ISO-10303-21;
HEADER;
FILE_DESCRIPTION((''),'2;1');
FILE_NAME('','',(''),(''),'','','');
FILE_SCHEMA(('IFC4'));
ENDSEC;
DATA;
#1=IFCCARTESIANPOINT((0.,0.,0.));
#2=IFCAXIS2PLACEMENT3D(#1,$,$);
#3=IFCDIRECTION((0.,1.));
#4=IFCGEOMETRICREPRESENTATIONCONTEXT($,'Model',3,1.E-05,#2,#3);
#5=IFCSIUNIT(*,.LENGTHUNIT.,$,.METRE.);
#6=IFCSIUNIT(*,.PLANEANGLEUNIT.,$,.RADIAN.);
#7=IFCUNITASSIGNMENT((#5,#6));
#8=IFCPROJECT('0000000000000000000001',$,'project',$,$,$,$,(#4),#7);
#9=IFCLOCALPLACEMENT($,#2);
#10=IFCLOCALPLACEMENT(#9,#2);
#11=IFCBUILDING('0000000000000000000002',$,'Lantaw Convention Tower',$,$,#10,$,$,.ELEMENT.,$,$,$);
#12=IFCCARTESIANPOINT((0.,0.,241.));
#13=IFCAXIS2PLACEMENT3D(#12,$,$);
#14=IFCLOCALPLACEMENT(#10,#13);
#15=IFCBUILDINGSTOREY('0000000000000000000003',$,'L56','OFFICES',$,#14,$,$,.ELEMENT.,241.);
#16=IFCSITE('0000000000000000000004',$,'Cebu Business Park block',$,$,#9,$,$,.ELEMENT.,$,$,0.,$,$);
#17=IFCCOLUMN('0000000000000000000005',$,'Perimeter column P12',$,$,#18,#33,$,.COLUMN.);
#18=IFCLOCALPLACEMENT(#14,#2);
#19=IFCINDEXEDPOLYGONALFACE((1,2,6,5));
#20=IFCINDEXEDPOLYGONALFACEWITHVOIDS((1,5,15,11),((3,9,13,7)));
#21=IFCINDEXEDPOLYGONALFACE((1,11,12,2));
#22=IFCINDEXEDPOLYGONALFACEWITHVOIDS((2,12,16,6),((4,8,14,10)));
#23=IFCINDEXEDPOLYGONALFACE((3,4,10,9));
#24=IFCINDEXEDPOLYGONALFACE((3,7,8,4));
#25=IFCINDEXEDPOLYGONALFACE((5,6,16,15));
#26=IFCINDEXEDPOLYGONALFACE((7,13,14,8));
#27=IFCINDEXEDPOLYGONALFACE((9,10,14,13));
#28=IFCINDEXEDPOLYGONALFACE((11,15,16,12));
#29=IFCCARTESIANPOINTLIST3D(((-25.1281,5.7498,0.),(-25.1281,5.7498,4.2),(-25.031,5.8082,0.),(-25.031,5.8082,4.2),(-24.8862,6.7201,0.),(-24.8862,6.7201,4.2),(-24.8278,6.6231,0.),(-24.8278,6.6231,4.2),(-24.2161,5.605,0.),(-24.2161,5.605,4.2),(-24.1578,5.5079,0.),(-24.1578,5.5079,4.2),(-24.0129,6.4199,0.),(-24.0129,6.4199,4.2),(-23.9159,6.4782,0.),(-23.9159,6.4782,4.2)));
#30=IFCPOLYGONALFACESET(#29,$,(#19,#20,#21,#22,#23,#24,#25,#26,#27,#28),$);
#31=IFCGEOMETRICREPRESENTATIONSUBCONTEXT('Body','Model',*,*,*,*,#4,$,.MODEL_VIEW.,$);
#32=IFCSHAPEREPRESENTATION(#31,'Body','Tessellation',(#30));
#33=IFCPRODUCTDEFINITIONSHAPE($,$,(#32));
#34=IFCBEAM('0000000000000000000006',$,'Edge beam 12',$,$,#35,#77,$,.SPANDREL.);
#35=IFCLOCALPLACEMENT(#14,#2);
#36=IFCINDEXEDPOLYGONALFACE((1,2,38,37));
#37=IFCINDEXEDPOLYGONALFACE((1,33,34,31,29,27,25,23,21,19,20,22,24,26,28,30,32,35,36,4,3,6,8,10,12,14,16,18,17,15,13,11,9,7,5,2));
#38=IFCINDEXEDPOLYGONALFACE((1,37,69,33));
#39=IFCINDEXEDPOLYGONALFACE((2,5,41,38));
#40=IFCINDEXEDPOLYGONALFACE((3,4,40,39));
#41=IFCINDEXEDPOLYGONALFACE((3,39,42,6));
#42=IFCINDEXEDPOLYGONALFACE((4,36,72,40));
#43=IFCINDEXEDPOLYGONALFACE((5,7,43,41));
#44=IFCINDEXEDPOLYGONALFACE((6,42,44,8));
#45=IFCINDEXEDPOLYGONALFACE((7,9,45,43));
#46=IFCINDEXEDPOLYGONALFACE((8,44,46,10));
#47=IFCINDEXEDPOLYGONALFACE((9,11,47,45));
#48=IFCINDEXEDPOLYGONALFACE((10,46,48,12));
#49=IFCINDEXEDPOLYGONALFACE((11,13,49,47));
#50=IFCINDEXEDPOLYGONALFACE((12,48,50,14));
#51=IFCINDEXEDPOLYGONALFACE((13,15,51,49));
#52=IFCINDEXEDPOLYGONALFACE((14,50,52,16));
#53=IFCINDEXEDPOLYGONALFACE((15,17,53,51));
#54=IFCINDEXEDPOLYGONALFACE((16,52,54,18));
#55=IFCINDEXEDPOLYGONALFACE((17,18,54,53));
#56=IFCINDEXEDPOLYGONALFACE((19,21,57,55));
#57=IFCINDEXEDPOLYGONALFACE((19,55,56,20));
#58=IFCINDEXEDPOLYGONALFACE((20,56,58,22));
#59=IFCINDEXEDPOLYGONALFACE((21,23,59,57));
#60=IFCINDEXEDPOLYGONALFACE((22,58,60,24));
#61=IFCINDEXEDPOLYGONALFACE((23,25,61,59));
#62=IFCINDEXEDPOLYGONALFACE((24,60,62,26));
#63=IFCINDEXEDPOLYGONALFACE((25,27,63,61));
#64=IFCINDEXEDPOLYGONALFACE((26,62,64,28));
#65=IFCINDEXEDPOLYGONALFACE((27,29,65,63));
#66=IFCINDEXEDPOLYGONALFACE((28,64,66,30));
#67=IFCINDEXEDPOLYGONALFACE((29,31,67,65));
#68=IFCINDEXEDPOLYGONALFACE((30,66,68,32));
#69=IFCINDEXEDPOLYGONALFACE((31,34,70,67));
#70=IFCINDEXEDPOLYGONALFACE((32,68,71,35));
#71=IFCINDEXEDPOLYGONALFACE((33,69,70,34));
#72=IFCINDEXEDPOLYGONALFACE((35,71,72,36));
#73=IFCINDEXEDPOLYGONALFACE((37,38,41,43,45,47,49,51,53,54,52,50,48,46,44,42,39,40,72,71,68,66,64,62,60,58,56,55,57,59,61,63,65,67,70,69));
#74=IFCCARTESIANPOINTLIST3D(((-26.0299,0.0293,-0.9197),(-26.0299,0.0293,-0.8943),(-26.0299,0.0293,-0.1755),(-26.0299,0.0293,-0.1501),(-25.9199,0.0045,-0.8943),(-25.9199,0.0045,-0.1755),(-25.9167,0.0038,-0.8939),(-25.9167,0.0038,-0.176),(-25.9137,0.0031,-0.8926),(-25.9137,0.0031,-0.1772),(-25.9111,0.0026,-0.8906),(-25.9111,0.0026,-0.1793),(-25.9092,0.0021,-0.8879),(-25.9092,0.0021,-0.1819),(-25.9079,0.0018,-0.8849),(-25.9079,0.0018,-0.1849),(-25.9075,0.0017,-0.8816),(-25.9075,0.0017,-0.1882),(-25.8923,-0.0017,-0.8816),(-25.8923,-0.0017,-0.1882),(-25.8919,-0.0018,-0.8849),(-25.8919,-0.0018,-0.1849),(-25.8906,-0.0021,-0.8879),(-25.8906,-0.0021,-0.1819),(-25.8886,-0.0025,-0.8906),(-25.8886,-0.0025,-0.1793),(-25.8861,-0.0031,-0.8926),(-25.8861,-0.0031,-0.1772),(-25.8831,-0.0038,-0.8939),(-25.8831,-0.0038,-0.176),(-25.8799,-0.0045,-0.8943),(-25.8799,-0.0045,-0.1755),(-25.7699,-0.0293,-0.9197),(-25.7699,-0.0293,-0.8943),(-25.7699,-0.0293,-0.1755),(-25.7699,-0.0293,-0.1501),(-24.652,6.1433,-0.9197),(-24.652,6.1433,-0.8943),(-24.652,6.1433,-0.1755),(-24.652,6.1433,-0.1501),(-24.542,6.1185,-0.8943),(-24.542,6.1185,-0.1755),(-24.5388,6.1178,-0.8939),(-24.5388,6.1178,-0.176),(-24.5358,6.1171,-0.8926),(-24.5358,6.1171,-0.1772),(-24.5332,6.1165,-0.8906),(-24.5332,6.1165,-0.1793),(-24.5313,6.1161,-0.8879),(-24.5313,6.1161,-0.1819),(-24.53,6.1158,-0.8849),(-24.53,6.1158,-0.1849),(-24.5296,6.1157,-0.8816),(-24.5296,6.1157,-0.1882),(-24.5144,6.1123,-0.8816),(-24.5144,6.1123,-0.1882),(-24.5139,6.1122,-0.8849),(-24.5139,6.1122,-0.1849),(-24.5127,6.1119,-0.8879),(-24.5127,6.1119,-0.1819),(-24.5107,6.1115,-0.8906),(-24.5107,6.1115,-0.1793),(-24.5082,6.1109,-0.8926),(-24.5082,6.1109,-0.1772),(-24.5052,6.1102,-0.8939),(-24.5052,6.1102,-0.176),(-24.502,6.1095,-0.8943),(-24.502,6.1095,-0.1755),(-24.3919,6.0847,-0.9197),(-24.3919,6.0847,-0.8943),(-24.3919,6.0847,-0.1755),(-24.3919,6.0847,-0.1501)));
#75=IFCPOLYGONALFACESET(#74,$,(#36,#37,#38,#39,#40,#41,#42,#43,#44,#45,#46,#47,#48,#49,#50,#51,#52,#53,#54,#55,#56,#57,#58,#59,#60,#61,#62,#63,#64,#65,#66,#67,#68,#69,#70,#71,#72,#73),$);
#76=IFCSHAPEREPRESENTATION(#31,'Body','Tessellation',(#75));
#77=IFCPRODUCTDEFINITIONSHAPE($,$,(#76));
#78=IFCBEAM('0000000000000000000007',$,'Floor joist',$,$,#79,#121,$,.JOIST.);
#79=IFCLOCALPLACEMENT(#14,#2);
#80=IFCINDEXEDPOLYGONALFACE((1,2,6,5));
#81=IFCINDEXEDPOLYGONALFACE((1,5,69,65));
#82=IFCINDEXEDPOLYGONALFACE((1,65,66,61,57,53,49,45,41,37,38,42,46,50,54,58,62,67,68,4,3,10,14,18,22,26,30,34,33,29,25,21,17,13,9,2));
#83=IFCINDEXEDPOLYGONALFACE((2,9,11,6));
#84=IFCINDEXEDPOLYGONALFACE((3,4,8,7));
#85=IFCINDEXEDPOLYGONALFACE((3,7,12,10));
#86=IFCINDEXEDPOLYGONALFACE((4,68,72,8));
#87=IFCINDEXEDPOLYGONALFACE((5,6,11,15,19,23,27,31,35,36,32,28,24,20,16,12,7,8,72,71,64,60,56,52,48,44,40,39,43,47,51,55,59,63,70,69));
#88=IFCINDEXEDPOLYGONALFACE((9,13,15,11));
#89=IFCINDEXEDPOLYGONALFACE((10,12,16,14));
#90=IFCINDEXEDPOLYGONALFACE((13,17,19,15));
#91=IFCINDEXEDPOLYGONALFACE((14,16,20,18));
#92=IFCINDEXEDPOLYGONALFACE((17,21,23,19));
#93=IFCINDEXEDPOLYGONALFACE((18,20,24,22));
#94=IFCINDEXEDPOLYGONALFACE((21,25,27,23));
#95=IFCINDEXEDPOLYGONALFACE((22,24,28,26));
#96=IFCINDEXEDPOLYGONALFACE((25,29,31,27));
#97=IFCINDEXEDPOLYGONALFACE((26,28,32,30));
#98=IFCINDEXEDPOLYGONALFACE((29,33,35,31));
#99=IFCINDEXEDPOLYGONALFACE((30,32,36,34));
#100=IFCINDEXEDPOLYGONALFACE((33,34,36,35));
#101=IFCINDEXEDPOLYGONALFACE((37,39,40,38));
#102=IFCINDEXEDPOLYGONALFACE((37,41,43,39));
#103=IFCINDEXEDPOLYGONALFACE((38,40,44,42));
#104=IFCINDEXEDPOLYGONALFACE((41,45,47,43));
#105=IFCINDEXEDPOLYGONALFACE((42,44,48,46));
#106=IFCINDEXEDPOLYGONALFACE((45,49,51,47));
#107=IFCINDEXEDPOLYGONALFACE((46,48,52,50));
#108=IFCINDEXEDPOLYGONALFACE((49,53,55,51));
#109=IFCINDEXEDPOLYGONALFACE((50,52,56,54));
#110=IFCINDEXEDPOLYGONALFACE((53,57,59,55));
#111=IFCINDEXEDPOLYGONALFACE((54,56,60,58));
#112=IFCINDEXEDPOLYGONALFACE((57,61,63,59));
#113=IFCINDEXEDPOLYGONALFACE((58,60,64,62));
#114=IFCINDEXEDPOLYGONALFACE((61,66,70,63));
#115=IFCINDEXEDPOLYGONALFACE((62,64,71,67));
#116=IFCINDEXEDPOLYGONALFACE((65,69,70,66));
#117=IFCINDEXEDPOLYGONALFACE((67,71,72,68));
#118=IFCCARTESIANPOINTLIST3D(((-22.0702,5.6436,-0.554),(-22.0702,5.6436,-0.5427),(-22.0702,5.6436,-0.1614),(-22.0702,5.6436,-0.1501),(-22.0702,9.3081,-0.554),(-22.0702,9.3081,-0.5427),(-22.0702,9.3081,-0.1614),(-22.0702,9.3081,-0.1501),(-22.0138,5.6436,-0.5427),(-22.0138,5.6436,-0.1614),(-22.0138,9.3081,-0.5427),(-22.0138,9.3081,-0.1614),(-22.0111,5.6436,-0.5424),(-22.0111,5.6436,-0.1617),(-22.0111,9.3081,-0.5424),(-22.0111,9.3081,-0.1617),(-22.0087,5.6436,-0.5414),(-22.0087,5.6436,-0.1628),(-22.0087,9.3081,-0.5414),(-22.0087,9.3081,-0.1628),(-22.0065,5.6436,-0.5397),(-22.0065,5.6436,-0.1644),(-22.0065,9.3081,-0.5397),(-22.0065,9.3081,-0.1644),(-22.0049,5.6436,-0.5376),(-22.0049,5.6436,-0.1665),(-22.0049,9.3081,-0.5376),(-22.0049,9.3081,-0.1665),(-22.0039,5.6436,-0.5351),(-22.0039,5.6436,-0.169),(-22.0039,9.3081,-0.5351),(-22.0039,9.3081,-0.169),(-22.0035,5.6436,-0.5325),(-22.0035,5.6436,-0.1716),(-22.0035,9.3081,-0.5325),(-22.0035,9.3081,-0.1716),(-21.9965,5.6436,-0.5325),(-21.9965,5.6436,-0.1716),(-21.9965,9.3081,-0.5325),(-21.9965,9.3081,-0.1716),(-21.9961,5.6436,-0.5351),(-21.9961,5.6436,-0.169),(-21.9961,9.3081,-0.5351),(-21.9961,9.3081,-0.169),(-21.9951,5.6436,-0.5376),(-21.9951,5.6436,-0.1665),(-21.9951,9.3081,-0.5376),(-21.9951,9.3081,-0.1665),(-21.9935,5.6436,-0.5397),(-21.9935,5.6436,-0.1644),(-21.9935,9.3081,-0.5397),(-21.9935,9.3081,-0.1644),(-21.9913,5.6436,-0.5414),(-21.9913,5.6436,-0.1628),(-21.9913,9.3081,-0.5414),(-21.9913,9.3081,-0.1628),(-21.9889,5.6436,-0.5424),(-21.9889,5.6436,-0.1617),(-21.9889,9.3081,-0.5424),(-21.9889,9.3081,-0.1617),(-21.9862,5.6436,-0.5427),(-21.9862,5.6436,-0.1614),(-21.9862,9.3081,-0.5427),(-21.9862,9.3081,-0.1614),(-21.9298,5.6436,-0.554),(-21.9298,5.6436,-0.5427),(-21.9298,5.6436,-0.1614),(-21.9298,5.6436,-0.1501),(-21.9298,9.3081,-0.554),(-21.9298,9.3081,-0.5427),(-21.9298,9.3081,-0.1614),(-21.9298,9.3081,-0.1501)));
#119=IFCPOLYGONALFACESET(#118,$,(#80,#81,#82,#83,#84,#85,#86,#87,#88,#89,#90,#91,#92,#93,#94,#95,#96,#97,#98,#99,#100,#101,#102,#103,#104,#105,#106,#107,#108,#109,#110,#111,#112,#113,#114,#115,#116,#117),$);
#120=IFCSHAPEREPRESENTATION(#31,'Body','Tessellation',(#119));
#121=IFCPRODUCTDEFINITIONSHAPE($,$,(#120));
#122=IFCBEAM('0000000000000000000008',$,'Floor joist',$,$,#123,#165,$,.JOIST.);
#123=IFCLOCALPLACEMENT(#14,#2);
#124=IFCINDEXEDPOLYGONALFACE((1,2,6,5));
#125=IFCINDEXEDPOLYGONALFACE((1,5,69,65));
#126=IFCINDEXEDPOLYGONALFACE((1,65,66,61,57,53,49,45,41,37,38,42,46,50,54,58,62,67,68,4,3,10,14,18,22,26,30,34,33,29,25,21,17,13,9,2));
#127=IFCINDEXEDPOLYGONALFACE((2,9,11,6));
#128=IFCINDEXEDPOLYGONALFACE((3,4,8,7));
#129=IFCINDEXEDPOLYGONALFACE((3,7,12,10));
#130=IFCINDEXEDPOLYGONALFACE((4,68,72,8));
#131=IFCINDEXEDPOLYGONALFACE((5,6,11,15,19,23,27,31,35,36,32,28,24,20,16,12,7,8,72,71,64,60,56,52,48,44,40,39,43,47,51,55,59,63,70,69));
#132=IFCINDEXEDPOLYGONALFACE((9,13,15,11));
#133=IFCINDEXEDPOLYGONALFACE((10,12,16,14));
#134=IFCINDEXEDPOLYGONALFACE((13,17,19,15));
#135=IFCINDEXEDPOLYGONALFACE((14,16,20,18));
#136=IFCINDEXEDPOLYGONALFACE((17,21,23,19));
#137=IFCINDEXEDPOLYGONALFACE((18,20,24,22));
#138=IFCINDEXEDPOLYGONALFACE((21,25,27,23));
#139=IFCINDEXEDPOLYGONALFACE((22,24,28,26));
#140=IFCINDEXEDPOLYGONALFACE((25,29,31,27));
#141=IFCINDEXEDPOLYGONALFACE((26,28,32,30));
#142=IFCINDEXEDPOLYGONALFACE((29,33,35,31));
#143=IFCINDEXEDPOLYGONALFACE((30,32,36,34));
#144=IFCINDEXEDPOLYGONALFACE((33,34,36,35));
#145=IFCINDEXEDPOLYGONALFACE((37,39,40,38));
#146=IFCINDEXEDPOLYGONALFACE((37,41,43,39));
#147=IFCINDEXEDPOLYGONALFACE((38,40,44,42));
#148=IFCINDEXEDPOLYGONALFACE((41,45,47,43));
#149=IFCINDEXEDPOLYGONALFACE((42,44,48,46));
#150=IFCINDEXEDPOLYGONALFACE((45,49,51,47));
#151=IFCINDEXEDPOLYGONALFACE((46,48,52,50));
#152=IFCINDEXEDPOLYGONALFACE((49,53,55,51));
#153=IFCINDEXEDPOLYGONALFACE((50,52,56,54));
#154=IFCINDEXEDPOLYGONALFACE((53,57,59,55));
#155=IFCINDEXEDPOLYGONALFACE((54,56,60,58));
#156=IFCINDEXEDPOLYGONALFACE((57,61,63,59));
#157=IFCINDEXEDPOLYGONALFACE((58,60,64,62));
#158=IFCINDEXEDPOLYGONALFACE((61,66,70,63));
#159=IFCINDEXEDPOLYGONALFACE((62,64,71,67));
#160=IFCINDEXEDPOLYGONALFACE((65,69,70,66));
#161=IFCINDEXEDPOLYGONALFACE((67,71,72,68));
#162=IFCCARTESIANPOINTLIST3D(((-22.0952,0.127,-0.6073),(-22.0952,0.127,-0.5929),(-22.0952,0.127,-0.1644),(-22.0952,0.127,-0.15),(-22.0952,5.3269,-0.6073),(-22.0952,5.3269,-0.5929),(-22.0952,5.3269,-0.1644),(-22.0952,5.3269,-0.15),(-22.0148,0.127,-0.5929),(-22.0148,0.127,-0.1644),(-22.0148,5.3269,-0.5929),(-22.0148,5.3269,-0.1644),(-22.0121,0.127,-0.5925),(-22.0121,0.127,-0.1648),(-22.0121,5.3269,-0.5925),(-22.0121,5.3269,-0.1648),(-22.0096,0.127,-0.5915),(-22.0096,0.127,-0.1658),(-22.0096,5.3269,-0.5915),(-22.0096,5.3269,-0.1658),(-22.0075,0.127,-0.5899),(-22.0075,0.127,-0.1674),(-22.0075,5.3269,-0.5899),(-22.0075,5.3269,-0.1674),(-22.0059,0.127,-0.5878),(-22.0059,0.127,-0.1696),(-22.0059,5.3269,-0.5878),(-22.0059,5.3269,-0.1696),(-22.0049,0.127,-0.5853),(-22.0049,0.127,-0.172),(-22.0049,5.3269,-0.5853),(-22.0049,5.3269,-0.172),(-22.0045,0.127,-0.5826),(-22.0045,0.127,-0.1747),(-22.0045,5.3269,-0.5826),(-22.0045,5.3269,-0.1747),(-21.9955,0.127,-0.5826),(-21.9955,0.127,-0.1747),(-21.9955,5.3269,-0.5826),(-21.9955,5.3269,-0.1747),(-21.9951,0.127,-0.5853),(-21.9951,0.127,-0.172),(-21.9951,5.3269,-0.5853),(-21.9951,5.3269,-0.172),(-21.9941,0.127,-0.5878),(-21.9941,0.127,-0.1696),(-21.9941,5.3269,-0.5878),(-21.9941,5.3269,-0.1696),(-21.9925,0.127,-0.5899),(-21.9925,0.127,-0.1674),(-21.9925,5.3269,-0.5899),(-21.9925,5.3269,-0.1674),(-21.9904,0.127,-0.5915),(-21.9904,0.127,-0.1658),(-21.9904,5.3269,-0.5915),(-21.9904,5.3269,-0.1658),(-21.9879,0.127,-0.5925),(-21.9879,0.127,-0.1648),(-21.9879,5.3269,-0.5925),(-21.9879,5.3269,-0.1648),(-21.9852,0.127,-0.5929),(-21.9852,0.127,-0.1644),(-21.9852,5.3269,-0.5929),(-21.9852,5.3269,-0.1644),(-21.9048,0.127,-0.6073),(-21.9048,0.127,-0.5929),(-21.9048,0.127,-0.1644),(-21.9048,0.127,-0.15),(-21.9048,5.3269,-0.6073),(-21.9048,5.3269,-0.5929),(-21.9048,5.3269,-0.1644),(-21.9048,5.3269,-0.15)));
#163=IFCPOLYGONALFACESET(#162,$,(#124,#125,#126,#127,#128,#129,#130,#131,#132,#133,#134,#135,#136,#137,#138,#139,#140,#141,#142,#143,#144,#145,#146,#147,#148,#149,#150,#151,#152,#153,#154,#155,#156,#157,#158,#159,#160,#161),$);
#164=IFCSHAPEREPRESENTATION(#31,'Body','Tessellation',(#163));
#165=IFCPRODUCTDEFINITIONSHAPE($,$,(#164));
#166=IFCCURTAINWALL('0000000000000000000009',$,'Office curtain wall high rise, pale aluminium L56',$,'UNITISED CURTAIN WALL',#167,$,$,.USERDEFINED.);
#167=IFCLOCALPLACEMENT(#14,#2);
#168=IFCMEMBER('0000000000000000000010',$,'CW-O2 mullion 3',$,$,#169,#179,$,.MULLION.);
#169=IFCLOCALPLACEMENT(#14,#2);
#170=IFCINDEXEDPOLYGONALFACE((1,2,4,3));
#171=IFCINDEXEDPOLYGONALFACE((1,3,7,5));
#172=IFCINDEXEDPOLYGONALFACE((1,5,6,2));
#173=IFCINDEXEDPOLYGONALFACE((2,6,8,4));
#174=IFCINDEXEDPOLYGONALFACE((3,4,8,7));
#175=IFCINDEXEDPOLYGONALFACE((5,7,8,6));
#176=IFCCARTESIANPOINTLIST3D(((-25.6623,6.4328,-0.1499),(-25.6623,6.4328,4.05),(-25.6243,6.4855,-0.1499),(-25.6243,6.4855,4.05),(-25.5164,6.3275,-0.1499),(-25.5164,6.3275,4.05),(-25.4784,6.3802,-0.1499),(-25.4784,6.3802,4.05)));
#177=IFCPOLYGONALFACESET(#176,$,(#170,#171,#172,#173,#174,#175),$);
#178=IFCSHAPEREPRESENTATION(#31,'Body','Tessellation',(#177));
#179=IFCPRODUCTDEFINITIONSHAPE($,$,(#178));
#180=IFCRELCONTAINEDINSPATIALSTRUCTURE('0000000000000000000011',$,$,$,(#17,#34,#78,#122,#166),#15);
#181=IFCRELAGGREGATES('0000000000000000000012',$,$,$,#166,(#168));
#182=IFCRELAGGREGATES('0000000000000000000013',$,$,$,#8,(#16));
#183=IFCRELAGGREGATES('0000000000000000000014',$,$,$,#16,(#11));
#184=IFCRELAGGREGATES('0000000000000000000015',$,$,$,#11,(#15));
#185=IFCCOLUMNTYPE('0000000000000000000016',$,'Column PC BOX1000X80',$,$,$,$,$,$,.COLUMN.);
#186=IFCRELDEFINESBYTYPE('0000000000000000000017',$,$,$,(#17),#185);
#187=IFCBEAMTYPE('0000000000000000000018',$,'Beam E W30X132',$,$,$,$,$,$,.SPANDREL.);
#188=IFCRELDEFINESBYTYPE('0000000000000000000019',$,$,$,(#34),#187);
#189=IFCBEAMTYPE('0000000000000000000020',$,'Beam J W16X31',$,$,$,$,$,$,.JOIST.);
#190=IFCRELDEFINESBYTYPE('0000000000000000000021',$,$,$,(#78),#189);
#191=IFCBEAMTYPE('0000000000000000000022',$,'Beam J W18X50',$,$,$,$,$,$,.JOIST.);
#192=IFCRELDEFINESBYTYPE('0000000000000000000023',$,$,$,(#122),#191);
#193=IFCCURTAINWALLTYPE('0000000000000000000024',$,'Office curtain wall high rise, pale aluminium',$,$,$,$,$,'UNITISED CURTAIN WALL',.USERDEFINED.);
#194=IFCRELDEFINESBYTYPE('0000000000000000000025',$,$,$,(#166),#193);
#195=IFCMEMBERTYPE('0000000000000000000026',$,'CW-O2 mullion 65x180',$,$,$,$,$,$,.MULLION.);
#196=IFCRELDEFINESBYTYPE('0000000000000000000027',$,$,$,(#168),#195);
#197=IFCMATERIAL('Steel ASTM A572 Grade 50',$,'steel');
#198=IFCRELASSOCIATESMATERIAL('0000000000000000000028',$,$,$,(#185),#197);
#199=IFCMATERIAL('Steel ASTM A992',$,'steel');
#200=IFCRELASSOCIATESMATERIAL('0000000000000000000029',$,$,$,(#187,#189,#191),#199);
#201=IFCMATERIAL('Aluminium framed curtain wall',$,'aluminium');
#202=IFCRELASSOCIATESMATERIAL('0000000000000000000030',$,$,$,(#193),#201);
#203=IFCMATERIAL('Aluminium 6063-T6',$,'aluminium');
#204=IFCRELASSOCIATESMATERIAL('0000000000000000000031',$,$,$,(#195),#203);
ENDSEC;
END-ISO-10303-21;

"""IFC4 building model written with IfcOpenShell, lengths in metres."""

from ifc_helpers import new_model, si_unit, direction, frame, origin, origin_2d, place, context, subcontext, project, spatial, rectangle, hollow_rectangle, i_section, extrude, material, material_profile, profile_set, type_object, element, aggregate, save


model = new_model("IFC4")

# Units and contexts
model_context = context("Model", 3, precision=1e-05, world=origin(), true_north=direction((0.0, 1.0)))
body_context = subcontext(model_context, "Body", "Model", "MODEL_VIEW")
ifc_project = project(units=[si_unit("LENGTHUNIT", "METRE"), si_unit("PLANEANGLEUNIT", "RADIAN")], contexts=[model_context])

# Site, building, storey
site_placement = place(None, origin())
site = spatial("IfcSite", under=ifc_project, at=site_placement, Name="Cebu Business Park block", CompositionType="ELEMENT", RefElevation=0.0)
building_placement = place(site_placement, origin())
building = spatial("IfcBuilding", under=site, at=building_placement, Name="Lantaw Convention Tower", CompositionType="ELEMENT")
storey_placement = place(building_placement, frame((0.0, 0.0, 241.0)))
storey = spatial("IfcBuildingStorey", under=building, at=storey_placement, Name="L56", Description="OFFICES", CompositionType="ELEMENT", Elevation=241.0)

# Column
ifc_material_1 = material(Name="Steel ASTM A572 Grade 50", Category="steel")
ifc_material_profile_1 = material_profile(ifc_material_1, hollow_rectangle(XDim=1.0, YDim=1.0, WallThickness=0.0801, at=origin_2d()), Name="BOX1000X80")
ifc_material_2 = material(Name="Concrete C60/75", Category="concrete")
ifc_material_profile_2 = material_profile(ifc_material_2, rectangle(XDim=0.8401, YDim=0.8401, at=origin_2d()), Name="Concrete fill of BOX1000X80")
ifc_profile_set_1 = profile_set([ifc_material_profile_1, ifc_material_profile_2], Name="Steel ASTM A572 Grade 50")
column_type = type_object("IfcColumnType", Name="Column PC BOX1000X80", PredefinedType="COLUMN", material=ifc_profile_set_1)
column_placement = place(storey_placement, frame((-24.522, 6.114, 0.0), z_axis=(0.0, 0.0, 1.0), x_axis=(0.241922, 0.970296, 0.0)))
element("IfcColumn", 1, at=column_placement, inside=storey, type_object=column_type, Name="Perimeter column P12", PredefinedType="COLUMN", context=body_context, shape_type="SweptSolid", body=[
    extrude(hollow_rectangle(XDim=1.0, YDim=1.0, WallThickness=0.0801, at=origin_2d()), origin(), (0.0, 0.0, 1.0), 4.2),
])

# Beams
ifc_material_3 = material(Name="Steel ASTM A992", Category="steel")
ifc_material_profile_3 = material_profile(ifc_material_3, i_section(OverallWidth=0.2666, OverallDepth=0.7695, WebThickness=0.0156, FlangeThickness=0.0254, FilletRadius=0.0127, at=origin_2d()), Name="W30X132")
ifc_profile_set_2 = profile_set([ifc_material_profile_3], Name="Steel ASTM A992")
beam_type_1 = type_object("IfcBeamType", Name="Beam E W30X132", PredefinedType="SPANDREL", material=ifc_profile_set_2)
beam_1_placement = place(storey_placement, frame((-24.522, 6.114, -0.5349), z_axis=(-0.219858, -0.975532, 0.0), x_axis=(0.975532, -0.219858, 0.0)))
element("IfcBeam", 2, at=beam_1_placement, inside=storey, type_object=beam_type_1, Name="Edge beam 12", PredefinedType="SPANDREL", context=body_context, shape_type="SweptSolid", body=[
    extrude(i_section(OverallWidth=0.2666, OverallDepth=0.7695, WebThickness=0.0156, FlangeThickness=0.0254, FilletRadius=0.0127, at=origin_2d()), origin(), (0.0, 0.0, 1.0), 6.2673),
])
ifc_material_profile_4 = material_profile(ifc_material_3, i_section(OverallWidth=0.1404, OverallDepth=0.4038, WebThickness=0.0071, FlangeThickness=0.0112, FilletRadius=0.0103, at=origin_2d()), Name="W16X31")
ifc_profile_set_3 = profile_set([ifc_material_profile_4], Name="Steel ASTM A992")
beam_type_2 = type_object("IfcBeamType", Name="Beam J W16X31", PredefinedType="JOIST", material=ifc_profile_set_3)
beam_2_placement = place(storey_placement, frame((-22.0, 5.6436, -0.3521), z_axis=(0.0, 1.0, 0.0), x_axis=(-1.0, 0.0, 0.0)))
element("IfcBeam", 3, at=beam_2_placement, inside=storey, type_object=beam_type_2, Name="Floor joist", PredefinedType="JOIST", context=body_context, shape_type="SweptSolid", body=[
    extrude(i_section(OverallWidth=0.1404, OverallDepth=0.4038, WebThickness=0.0071, FlangeThickness=0.0112, FilletRadius=0.0103, at=origin_2d()), origin(), (0.0, 0.0, 1.0), 3.6646),
])
ifc_material_profile_5 = material_profile(ifc_material_3, i_section(OverallWidth=0.1904, OverallDepth=0.4573, WebThickness=0.009, FlangeThickness=0.0144, FilletRadius=0.0103, at=origin_2d()), Name="W18X50")
ifc_profile_set_4 = profile_set([ifc_material_profile_5], Name="Steel ASTM A992")
beam_type_3 = type_object("IfcBeamType", Name="Beam J W18X50", PredefinedType="JOIST", material=ifc_profile_set_4)
beam_3_placement = place(storey_placement, frame((-22.0, 0.127, -0.3787), z_axis=(0.0, 1.0, 0.0), x_axis=(-1.0, 0.0, 0.0)))
element("IfcBeam", 4, at=beam_3_placement, inside=storey, type_object=beam_type_3, Name="Floor joist", PredefinedType="JOIST", context=body_context, shape_type="SweptSolid", body=[
    extrude(i_section(OverallWidth=0.1904, OverallDepth=0.4573, WebThickness=0.009, FlangeThickness=0.0144, FilletRadius=0.0103, at=origin_2d()), origin(), (0.0, 0.0, 1.0), 5.2),
])

# Curtain wall, member
ifc_material_4 = material(Name="Aluminium framed curtain wall", Category="aluminium")
curtain_wall_type = type_object("IfcCurtainWallType", Name="Office curtain wall high rise, pale aluminium", ElementType="UNITISED CURTAIN WALL", PredefinedType="USERDEFINED", material=ifc_material_4)
curtain_wall_1_placement = place(storey_placement, origin())
curtain_wall_1 = element("IfcCurtainWall", 5, at=curtain_wall_1_placement, inside=storey, type_object=curtain_wall_type, Name="Office curtain wall high rise, pale aluminium L56", ObjectType="UNITISED CURTAIN WALL", PredefinedType="USERDEFINED")
ifc_material_5 = material(Name="Aluminium 6063-T6", Category="aluminium")
ifc_material_profile_6 = material_profile(ifc_material_5, rectangle(XDim=0.1799, YDim=0.0649, at=origin_2d()), Name="CW-O2 mullion 65x180")
ifc_profile_set_5 = profile_set([ifc_material_profile_6], Name="Aluminium 6063-T6")
member_type_1 = type_object("IfcMemberType", Name="CW-O2 mullion 65x180", PredefinedType="MULLION", material=ifc_profile_set_5)
member_1_placement = place(storey_placement, frame((-25.5703, 6.4065, -0.1499), z_axis=(0.0, 0.0, 1.0), x_axis=(0.81092, -0.585158, 0.0)))
member_1 = element("IfcMember", 6, at=member_1_placement, type_object=member_type_1, Name="CW-O2 mullion 3", PredefinedType="MULLION", context=body_context, shape_type="SweptSolid", body=[
    extrude(rectangle(XDim=0.1799, YDim=0.0649, at=origin_2d()), origin(), (0.0, 0.0, 1.0), 4.2),
])

aggregate(curtain_wall_1, [member_1])

save(model, "model.ifc")
